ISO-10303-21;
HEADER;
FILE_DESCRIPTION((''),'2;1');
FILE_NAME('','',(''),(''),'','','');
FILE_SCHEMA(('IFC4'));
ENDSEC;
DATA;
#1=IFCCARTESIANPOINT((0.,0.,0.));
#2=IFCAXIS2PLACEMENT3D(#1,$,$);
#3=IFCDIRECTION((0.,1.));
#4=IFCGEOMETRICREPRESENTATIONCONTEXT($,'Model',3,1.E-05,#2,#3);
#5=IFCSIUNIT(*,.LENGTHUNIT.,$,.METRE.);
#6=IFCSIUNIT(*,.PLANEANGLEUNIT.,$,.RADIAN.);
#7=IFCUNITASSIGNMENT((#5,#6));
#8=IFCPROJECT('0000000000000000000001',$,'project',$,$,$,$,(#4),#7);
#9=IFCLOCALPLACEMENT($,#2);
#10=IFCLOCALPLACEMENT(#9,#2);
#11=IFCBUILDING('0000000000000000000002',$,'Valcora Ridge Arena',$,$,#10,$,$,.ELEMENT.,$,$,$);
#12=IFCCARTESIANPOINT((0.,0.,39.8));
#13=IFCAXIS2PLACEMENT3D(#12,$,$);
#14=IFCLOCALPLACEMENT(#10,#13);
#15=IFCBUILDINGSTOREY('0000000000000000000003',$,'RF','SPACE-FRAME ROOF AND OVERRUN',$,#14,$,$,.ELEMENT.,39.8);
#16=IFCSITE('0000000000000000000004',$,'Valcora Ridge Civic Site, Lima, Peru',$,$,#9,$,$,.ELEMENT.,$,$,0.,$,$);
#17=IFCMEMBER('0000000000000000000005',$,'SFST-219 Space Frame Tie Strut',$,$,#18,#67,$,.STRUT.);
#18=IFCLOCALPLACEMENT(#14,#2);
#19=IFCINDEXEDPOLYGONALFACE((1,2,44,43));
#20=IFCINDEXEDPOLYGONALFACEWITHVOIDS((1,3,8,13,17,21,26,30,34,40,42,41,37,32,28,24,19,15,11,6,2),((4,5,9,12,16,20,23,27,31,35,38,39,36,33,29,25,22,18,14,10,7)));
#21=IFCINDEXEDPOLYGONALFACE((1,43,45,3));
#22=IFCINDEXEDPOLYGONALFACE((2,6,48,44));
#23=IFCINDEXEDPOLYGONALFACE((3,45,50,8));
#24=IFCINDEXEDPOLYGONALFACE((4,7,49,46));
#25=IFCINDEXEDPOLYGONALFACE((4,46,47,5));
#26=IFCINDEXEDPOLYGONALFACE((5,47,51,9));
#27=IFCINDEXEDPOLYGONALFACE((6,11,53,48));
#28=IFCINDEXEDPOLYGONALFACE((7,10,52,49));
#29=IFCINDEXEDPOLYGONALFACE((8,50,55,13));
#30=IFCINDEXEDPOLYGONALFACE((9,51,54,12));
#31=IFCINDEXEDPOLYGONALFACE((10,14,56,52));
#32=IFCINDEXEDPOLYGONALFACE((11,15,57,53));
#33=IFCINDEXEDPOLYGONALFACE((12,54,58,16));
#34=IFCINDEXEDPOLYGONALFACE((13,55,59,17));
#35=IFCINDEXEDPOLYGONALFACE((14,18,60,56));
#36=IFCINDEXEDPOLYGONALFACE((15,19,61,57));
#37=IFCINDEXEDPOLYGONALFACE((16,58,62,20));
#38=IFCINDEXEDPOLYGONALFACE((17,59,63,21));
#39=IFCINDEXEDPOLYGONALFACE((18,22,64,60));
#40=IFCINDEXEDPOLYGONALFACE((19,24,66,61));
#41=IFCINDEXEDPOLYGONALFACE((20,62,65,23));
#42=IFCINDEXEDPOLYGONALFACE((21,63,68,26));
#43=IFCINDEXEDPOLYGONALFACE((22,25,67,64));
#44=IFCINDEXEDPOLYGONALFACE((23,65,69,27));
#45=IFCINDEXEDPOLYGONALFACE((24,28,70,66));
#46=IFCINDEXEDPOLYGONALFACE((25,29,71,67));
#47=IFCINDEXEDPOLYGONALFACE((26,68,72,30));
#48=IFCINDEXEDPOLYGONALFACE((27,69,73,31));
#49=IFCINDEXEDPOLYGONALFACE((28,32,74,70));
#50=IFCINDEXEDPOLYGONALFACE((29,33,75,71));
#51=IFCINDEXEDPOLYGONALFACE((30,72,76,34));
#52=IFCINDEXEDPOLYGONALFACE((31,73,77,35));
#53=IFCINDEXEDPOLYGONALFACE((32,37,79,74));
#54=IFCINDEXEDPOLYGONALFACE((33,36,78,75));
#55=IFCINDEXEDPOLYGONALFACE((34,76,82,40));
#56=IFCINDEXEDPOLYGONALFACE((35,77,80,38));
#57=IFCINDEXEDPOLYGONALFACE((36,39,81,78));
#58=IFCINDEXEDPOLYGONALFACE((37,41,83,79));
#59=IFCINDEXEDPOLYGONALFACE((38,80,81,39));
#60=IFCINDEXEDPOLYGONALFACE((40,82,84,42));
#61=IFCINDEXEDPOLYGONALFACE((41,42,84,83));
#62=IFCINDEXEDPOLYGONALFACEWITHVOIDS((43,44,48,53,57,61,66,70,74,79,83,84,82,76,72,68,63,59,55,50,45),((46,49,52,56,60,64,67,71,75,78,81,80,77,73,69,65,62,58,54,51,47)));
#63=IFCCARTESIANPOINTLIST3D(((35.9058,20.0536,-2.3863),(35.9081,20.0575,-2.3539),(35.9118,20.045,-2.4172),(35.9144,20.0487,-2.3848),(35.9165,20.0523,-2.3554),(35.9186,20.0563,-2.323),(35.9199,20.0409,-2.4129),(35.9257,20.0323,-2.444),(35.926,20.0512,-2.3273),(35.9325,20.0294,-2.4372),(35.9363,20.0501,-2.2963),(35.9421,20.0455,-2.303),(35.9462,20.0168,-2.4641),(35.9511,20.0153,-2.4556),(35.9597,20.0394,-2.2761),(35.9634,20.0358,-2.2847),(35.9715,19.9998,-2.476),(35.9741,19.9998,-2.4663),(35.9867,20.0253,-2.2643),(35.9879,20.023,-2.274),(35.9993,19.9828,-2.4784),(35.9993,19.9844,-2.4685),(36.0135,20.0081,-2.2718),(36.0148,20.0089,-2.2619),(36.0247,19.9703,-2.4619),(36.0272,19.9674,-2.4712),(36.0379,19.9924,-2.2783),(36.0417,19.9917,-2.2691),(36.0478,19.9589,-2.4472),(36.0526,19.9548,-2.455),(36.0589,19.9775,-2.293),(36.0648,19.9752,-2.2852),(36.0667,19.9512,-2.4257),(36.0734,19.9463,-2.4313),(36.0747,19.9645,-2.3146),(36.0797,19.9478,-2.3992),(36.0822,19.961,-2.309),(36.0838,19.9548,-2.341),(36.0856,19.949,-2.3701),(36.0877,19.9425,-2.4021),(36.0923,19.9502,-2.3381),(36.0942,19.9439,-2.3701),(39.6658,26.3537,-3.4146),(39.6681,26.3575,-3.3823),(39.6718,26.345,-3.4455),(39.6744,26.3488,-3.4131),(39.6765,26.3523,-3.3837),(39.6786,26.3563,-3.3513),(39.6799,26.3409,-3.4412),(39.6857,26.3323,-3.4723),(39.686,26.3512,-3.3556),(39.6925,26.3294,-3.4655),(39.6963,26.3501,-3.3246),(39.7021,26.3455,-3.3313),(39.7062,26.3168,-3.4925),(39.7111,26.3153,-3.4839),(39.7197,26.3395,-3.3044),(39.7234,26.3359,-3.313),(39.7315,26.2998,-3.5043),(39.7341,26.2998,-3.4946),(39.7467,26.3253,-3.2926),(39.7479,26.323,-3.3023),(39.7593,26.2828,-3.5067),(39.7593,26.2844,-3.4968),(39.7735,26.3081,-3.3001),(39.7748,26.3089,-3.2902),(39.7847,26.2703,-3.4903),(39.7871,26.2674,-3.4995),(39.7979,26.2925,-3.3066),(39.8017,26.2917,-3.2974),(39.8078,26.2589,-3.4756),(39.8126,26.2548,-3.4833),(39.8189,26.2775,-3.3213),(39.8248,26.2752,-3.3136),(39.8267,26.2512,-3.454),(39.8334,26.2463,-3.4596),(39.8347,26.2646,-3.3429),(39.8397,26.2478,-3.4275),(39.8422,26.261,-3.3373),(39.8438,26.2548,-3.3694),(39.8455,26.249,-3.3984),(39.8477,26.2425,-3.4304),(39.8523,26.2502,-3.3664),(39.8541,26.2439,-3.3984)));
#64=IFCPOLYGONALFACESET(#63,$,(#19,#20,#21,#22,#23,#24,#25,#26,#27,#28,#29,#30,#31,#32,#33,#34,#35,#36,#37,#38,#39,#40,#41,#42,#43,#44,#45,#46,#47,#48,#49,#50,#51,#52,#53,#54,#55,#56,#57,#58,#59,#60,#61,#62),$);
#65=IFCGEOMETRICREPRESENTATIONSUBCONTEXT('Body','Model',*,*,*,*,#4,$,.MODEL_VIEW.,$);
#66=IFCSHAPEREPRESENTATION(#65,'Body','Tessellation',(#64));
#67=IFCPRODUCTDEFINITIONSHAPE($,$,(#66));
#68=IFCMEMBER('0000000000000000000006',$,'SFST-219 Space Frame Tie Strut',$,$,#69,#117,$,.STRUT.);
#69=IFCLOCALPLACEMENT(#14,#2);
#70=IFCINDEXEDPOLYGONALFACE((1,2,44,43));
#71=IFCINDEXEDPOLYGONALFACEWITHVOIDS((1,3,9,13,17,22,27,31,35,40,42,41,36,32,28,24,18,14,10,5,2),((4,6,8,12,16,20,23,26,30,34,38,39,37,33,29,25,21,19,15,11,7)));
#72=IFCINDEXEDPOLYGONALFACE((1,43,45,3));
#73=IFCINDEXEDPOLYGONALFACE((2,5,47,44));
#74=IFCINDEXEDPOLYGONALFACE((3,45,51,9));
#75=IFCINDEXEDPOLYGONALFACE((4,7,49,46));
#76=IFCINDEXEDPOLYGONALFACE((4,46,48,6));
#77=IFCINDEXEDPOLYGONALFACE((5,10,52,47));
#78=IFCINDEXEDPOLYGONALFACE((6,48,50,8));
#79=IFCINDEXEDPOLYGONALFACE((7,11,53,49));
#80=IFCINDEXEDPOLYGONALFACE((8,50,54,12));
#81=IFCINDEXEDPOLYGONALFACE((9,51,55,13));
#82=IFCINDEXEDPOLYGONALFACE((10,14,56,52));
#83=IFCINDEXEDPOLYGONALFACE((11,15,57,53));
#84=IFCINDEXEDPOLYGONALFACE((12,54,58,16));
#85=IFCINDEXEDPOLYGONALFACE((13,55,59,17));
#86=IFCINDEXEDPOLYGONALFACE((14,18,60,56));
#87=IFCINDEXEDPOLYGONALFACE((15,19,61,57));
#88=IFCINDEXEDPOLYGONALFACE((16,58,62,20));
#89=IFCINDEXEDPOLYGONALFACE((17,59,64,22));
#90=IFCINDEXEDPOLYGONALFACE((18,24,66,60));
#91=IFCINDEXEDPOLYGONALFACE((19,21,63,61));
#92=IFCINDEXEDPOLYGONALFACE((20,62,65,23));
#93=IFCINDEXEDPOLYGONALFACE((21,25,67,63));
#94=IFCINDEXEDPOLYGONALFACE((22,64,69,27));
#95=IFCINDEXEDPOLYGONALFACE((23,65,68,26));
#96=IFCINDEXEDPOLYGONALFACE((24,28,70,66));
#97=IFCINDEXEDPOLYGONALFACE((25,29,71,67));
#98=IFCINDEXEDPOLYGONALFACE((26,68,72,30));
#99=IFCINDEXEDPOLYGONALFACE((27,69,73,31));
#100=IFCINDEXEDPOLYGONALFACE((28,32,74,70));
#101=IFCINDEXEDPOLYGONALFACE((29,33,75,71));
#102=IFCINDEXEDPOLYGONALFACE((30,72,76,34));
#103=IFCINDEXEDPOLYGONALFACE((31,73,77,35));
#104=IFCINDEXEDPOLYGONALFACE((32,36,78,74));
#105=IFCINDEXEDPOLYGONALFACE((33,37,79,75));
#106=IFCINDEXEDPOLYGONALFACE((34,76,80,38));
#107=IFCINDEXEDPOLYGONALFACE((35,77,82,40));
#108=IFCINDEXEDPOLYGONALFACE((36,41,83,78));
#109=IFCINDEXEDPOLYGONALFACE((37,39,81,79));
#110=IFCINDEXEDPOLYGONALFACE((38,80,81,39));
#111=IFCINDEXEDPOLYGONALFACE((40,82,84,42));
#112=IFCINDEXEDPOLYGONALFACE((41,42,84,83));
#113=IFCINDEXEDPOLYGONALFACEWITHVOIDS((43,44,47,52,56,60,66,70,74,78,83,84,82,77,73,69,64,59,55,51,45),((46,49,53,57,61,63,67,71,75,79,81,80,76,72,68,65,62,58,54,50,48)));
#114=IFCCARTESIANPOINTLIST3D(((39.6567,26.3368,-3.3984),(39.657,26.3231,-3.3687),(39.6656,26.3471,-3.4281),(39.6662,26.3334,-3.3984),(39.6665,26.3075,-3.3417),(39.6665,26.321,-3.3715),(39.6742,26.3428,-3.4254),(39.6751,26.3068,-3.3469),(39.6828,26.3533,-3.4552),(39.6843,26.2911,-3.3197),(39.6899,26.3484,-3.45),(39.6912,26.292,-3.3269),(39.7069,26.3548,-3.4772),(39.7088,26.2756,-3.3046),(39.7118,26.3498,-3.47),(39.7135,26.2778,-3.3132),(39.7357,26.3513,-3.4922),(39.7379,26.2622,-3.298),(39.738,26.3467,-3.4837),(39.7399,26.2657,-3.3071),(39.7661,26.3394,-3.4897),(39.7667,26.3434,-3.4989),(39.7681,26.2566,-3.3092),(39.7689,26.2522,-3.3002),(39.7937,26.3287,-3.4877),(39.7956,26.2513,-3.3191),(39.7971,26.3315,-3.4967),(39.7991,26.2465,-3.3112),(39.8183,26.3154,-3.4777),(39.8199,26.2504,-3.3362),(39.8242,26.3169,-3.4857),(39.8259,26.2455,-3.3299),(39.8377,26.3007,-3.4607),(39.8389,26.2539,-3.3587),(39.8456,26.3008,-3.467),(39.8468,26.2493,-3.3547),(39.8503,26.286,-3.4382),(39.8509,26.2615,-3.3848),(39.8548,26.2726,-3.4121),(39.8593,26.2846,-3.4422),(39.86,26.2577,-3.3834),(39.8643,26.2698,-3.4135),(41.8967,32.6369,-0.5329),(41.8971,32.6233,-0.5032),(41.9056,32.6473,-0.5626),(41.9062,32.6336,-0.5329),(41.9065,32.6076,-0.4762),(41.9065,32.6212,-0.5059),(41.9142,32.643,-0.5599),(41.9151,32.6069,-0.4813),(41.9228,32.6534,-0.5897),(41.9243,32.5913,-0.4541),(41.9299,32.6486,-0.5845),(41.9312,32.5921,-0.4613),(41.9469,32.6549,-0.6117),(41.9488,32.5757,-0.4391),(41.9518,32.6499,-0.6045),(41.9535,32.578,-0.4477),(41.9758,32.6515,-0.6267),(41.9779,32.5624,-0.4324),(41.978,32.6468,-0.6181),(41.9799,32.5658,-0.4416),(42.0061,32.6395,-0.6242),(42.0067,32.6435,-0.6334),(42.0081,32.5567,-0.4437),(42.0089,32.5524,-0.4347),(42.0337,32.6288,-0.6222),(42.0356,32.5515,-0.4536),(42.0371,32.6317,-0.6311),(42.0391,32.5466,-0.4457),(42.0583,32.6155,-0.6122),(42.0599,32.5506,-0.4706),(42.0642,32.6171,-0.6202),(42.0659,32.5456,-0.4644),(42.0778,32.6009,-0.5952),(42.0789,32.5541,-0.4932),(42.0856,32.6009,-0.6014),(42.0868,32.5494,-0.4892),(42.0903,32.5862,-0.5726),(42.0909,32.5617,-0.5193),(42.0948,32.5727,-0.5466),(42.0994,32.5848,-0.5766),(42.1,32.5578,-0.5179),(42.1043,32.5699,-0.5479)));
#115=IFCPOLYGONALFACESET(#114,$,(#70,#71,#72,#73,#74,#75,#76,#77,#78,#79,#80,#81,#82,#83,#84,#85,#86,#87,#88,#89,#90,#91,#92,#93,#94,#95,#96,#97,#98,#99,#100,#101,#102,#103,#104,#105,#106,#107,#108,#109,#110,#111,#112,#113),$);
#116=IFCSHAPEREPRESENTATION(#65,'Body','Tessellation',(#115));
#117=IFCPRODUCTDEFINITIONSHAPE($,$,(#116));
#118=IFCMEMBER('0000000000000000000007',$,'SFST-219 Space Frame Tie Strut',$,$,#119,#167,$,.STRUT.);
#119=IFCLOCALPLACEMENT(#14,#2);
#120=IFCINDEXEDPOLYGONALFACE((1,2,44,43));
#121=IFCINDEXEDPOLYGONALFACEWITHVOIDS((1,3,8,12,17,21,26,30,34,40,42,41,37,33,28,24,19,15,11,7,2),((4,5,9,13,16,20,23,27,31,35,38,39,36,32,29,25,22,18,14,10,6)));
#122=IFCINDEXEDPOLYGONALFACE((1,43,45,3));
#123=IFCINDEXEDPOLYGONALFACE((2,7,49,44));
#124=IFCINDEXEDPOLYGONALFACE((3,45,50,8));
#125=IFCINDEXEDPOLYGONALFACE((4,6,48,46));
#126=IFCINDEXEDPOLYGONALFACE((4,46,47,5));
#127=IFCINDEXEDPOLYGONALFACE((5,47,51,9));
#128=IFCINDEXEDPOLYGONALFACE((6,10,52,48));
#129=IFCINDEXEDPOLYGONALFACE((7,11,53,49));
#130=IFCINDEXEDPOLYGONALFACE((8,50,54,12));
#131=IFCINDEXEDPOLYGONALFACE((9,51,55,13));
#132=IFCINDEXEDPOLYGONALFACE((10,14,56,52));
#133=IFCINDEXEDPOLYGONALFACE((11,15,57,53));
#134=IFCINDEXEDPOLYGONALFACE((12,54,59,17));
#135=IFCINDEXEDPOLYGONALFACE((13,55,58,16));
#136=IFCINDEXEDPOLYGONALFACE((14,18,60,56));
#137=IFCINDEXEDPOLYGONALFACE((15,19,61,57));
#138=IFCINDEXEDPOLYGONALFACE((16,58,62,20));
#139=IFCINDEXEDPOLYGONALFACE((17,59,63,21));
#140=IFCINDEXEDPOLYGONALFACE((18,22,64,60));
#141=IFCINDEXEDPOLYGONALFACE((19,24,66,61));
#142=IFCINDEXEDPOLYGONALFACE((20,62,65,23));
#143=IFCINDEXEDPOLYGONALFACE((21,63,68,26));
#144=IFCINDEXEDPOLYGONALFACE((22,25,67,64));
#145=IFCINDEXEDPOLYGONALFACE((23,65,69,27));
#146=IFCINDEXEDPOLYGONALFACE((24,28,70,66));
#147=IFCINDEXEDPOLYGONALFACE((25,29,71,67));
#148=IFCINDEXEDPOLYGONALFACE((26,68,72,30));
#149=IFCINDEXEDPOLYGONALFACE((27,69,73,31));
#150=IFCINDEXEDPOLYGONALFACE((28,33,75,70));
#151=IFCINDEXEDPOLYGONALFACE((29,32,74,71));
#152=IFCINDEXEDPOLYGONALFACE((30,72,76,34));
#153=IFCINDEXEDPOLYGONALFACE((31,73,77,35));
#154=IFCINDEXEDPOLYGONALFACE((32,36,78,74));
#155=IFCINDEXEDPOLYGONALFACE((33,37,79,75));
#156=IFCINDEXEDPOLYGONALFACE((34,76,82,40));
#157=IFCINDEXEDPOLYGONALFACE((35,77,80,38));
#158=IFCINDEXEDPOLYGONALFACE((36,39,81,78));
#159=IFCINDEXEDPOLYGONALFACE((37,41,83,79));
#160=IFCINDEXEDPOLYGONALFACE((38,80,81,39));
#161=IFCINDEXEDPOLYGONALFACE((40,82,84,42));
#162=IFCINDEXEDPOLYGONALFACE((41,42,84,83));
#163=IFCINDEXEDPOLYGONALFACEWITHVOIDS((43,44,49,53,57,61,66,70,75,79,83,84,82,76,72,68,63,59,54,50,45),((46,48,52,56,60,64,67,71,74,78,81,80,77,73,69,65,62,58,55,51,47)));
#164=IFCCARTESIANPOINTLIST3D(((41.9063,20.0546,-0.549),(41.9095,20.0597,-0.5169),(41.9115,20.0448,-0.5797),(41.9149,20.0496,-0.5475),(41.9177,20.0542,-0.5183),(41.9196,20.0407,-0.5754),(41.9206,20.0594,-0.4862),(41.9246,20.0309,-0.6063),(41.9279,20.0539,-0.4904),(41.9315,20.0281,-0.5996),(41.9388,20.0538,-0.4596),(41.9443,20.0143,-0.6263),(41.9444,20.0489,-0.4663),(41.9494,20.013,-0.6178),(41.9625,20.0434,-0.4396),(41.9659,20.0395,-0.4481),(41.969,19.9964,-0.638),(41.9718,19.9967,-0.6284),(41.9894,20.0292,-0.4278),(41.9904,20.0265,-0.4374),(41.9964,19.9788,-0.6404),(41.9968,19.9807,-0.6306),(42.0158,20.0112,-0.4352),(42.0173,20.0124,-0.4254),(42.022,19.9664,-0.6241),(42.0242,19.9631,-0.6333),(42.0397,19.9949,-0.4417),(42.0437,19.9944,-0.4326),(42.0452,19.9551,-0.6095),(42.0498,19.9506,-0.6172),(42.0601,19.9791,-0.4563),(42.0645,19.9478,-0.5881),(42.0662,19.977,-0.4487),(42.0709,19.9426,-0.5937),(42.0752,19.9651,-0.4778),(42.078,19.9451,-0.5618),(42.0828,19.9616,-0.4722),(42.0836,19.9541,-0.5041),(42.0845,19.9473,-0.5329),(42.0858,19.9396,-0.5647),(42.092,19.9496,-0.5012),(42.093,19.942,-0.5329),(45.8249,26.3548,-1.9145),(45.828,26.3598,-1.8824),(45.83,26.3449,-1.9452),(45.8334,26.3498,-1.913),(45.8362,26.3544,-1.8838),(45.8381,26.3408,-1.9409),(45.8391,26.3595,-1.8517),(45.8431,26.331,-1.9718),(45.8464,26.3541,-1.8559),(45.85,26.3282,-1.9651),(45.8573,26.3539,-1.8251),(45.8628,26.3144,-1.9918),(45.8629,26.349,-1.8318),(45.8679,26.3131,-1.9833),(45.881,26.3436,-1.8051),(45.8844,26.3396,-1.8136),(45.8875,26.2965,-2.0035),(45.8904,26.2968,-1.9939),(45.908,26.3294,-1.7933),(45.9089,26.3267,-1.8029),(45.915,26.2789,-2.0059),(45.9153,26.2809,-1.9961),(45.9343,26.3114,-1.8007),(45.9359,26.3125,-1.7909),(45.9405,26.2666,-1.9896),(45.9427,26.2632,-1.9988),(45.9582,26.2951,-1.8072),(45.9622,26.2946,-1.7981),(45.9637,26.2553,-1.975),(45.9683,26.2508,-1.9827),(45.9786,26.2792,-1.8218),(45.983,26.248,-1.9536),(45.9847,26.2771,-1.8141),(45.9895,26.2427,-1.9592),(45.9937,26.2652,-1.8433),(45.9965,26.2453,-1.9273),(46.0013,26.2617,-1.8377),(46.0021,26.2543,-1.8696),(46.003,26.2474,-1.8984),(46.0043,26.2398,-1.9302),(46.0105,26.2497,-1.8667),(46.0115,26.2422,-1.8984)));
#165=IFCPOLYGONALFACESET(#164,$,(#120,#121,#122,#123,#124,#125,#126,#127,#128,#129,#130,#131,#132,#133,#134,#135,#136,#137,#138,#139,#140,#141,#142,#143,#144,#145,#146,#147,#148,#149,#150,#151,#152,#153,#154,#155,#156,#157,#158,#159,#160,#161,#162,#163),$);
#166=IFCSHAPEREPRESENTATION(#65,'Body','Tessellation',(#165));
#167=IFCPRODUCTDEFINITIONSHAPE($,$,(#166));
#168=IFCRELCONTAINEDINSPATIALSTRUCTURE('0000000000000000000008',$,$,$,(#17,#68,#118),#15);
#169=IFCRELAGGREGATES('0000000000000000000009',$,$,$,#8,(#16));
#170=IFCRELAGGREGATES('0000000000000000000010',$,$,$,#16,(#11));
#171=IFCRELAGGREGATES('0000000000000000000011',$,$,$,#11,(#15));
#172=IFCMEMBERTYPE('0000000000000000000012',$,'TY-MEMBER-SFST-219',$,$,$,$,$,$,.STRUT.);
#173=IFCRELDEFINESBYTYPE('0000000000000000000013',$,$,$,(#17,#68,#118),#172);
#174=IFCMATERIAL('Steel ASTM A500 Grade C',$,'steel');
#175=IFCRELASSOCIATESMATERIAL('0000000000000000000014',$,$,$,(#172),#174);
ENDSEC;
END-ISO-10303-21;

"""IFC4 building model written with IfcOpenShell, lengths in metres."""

from ifc_helpers import new_model, si_unit, direction, frame, origin, origin_2d, place, context, subcontext, project, spatial, hollow_circle, extrude, material, material_profile, profile_set, type_object, element, save


model = new_model("IFC4")

# Units and contexts
model_context = context("Model", 3, precision=1e-05, world=origin(), true_north=direction((0.0, 1.0)))
body_context = subcontext(model_context, "Body", "Model", "MODEL_VIEW")
ifc_project = project(units=[si_unit("LENGTHUNIT", "METRE"), si_unit("PLANEANGLEUNIT", "RADIAN")], contexts=[model_context])

# Site, building, storey
site_placement = place(None, origin())
site = spatial("IfcSite", under=ifc_project, at=site_placement, Name="Valcora Ridge Civic Site, Lima, Peru", CompositionType="ELEMENT", RefElevation=0.0)
building_placement = place(site_placement, origin())
building = spatial("IfcBuilding", under=site, at=building_placement, Name="Valcora Ridge Arena", CompositionType="ELEMENT")
storey_placement = place(building_placement, frame((0.0, 0.0, 39.8)))
storey = spatial("IfcBuildingStorey", under=building, at=storey_placement, Name="RF", Description="SPACE-FRAME ROOF AND OVERRUN", CompositionType="ELEMENT", Elevation=39.8)

# Members
ifc_material_1 = material(Name="Steel ASTM A500 Grade C", Category="steel")
ifc_material_profile_1 = material_profile(ifc_material_1, hollow_circle(Radius=0.1096, WallThickness=0.01, at=origin_2d()), Name="CHS219X10")
ifc_profile_set_1 = profile_set([ifc_material_profile_1], Name="Steel ASTM A500 Grade C")
member_type_1 = type_object("IfcMemberType", Name="TY-MEMBER-SFST-219", PredefinedType="STRUT", material=ifc_profile_set_1)
member_1_placement = place(storey_placement, frame((39.76, 26.3, -3.3984), z_axis=(-0.507527, -0.850382, 0.138803), x_axis=(0.858694, -0.512488, 0.0)))
element("IfcMember", 1, at=member_1_placement, inside=storey, type_object=member_type_1, Name="SFST-219 Space Frame Tie Strut", PredefinedType="STRUT", context=body_context, shape_type="SweptSolid", body=[
    extrude(hollow_circle(Radius=0.1096, WallThickness=0.01, at=origin_2d()), origin(), (0.0, 0.0, 1.0), 7.4084),
])
member_2_placement = place(storey_placement, frame((39.76, 26.3, -3.3984), z_axis=(0.307921, 0.866039, 0.393904), x_axis=(-0.942216, 0.335006, 0.0)))
element("IfcMember", 2, at=member_2_placement, inside=storey, type_object=member_type_1, Name="SFST-219 Space Frame Tie Strut", PredefinedType="STRUT", context=body_context, shape_type="SweptSolid", body=[
    extrude(hollow_circle(Radius=0.1096, WallThickness=0.01, at=origin_2d()), origin(), (0.0, 0.0, 1.0), 7.2747),
])
member_3_placement = place(storey_placement, frame((45.9185, 26.3, -1.8984), z_axis=(-0.519425, -0.835125, 0.181006), x_axis=(0.849152, -0.528149, 0.0)))
element("IfcMember", 3, at=member_3_placement, inside=storey, type_object=member_type_1, Name="SFST-219 Space Frame Tie Strut", PredefinedType="STRUT", context=body_context, shape_type="SweptSolid", body=[
    extrude(hollow_circle(Radius=0.1096, WallThickness=0.01, at=origin_2d()), origin(), (0.0, 0.0, 1.0), 7.5439),
])

save(model, "model.ifc")
